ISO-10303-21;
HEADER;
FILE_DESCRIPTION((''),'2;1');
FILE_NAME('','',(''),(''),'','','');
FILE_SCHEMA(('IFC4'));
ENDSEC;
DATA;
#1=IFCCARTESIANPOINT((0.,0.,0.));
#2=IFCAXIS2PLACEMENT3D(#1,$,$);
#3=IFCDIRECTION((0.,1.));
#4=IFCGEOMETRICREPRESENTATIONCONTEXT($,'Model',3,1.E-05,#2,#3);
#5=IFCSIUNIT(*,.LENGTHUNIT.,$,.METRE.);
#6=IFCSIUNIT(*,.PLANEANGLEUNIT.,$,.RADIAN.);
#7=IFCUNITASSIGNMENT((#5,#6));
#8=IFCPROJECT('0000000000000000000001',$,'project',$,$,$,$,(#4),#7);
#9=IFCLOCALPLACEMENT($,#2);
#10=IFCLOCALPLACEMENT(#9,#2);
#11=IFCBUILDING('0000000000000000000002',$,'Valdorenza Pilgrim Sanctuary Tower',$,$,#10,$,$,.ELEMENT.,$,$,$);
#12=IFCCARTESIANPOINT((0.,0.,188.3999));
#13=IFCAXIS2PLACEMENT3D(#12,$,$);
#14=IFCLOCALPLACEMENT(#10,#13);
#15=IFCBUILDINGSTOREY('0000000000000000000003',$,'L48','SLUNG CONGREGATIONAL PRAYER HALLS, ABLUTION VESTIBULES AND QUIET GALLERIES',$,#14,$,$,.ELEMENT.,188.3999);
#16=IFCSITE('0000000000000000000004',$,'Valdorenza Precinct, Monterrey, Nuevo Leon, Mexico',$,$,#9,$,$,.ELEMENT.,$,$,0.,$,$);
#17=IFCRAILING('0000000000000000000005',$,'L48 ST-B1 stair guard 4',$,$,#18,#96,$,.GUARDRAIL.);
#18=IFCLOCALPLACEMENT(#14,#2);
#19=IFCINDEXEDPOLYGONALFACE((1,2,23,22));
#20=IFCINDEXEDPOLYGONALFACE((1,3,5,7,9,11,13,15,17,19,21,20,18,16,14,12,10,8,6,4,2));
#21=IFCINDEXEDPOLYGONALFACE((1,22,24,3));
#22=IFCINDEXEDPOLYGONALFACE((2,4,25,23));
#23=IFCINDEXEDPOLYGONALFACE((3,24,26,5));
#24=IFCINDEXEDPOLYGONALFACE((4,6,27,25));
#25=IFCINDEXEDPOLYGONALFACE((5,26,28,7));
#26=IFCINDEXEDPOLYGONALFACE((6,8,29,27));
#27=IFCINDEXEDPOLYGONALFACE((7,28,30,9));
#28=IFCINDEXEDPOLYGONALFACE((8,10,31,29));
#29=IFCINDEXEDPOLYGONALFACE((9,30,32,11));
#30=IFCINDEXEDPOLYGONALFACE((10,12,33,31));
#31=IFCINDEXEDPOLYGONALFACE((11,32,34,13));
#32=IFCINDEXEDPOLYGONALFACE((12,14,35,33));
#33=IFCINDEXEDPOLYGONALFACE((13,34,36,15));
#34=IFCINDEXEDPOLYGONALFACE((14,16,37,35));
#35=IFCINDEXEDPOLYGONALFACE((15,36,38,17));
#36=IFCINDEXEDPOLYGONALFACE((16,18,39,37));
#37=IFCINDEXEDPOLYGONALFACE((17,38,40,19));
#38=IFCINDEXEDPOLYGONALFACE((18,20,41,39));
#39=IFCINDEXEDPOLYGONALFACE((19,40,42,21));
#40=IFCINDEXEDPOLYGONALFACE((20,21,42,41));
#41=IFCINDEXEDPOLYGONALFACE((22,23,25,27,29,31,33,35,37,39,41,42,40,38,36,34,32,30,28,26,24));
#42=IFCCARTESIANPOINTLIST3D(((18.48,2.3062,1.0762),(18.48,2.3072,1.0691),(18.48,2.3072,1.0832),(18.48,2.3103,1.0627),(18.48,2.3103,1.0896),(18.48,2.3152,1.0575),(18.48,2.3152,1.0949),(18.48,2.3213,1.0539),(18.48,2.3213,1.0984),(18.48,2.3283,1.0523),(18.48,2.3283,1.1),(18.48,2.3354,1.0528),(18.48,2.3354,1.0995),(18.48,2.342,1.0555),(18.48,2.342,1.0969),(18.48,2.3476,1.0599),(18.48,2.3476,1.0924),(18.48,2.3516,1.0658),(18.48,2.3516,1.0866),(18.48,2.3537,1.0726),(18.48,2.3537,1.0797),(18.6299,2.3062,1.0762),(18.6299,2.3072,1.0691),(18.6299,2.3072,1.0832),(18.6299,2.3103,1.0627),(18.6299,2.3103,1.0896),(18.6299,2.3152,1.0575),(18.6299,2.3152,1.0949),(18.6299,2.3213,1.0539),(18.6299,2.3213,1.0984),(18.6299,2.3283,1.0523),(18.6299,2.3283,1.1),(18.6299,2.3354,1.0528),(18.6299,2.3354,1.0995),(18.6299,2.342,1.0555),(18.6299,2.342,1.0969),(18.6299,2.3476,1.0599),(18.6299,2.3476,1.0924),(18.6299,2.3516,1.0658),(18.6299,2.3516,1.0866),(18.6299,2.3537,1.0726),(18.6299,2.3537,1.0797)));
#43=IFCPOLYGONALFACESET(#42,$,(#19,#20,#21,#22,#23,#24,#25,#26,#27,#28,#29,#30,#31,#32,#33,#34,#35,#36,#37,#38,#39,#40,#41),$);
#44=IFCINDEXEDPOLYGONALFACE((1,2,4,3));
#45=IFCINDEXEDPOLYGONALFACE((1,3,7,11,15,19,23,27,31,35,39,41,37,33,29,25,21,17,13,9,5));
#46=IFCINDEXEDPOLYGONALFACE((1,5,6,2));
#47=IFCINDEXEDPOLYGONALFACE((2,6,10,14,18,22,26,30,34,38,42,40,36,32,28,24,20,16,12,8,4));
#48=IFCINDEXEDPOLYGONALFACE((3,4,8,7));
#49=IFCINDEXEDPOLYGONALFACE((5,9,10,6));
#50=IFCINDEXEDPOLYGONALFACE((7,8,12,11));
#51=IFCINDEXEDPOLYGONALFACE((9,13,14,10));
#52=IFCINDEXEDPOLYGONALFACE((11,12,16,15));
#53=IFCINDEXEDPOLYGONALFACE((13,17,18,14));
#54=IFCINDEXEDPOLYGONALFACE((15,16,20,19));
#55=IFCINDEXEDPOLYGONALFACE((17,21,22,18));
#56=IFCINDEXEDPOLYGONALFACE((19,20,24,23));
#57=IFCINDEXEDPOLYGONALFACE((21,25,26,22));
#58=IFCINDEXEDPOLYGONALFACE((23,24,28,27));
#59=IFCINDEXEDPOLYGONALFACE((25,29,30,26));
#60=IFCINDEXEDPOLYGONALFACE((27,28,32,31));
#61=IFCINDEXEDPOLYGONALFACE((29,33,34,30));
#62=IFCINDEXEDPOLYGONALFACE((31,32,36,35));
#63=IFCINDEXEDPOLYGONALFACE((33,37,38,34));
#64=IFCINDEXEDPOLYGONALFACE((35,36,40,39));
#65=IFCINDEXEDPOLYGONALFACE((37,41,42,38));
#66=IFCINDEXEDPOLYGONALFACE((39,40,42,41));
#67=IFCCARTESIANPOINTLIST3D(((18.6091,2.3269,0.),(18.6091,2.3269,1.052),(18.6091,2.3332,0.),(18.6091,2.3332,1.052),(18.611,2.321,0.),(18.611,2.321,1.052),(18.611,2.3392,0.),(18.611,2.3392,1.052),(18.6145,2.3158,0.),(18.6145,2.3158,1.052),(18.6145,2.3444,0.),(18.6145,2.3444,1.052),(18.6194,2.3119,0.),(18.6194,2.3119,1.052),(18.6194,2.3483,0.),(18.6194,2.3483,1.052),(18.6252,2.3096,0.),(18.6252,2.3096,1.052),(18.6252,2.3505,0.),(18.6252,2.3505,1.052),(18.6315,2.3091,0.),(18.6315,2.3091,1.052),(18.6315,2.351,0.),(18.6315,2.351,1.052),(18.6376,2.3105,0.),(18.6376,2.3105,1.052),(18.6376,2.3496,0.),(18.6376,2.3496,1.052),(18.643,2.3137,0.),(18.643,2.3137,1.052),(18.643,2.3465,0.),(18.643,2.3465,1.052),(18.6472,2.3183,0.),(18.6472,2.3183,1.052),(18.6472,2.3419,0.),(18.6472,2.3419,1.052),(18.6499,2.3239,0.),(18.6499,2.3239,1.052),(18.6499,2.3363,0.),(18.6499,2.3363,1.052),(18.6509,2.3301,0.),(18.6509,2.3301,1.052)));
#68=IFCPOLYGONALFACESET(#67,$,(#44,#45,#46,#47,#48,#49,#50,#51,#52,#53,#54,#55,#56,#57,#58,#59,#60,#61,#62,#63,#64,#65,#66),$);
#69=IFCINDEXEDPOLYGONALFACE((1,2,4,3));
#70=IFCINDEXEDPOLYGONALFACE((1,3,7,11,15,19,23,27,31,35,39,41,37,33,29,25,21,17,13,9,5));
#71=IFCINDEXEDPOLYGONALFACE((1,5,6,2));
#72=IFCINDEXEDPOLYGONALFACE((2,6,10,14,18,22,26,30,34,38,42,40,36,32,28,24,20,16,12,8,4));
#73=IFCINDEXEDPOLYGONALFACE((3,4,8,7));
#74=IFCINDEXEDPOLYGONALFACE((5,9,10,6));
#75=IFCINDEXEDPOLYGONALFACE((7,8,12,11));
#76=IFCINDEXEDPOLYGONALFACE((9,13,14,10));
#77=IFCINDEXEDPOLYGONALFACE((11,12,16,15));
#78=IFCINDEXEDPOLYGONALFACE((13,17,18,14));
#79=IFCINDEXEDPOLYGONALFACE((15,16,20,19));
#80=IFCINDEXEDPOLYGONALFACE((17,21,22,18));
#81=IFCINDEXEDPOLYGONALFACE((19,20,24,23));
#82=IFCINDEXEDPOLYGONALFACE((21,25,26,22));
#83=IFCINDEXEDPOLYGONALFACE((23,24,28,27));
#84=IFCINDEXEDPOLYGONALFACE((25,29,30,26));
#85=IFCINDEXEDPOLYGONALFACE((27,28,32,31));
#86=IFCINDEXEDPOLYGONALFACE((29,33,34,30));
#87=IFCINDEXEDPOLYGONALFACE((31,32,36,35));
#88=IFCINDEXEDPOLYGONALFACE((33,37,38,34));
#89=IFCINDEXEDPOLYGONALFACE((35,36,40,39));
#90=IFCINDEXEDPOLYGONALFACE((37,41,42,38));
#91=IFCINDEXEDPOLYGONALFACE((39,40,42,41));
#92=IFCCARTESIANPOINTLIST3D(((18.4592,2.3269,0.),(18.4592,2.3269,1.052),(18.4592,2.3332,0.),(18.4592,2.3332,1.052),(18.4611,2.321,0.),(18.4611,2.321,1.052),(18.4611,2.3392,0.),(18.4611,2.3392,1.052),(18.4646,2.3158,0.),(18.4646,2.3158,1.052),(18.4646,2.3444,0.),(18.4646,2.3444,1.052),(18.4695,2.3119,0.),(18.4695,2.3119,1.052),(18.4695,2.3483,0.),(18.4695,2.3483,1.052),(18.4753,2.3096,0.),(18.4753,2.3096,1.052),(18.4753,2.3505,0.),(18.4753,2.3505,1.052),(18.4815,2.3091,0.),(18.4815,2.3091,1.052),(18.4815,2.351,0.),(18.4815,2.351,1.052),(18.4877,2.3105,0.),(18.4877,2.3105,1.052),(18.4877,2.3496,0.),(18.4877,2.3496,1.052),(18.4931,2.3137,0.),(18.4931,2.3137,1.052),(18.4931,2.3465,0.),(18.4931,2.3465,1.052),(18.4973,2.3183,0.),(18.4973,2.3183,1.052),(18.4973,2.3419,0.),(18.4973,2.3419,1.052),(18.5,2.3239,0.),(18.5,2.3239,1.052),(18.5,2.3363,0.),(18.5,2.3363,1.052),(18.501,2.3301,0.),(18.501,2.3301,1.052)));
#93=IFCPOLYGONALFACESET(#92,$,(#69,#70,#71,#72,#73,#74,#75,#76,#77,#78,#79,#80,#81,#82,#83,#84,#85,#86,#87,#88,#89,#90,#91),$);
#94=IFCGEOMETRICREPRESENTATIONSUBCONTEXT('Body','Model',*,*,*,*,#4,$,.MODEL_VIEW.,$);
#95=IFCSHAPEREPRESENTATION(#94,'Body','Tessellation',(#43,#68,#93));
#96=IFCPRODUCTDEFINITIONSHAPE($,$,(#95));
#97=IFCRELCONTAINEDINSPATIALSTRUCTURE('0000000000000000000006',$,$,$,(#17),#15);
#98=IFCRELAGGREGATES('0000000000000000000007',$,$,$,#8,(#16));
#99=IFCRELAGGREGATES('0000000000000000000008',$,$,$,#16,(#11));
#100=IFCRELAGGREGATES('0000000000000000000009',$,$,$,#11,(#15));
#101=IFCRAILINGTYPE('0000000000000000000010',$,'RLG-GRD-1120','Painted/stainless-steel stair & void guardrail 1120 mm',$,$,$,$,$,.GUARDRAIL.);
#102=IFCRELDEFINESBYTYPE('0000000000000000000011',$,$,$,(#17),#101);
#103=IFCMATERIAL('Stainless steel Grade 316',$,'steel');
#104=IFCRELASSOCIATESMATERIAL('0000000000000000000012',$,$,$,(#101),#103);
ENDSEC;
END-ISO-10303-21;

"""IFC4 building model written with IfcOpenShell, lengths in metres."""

from ifc_helpers import new_model, si_unit, direction, frame, origin, origin_2d, place, context, subcontext, project, spatial, circle, extrude, material, type_object, element, save


model = new_model("IFC4")

# Units and contexts
model_context = context("Model", 3, precision=1e-05, world=origin(), true_north=direction((0.0, 1.0)))
body_context = subcontext(model_context, "Body", "Model", "MODEL_VIEW")
ifc_project = project(units=[si_unit("LENGTHUNIT", "METRE"), si_unit("PLANEANGLEUNIT", "RADIAN")], contexts=[model_context])

# Site, building, storey
site_placement = place(None, origin())
site = spatial("IfcSite", under=ifc_project, at=site_placement, Name="Valdorenza Precinct, Monterrey, Nuevo Leon, Mexico", CompositionType="ELEMENT", RefElevation=0.0)
building_placement = place(site_placement, origin())
building = spatial("IfcBuilding", under=site, at=building_placement, Name="Valdorenza Pilgrim Sanctuary Tower", CompositionType="ELEMENT")
storey_placement = place(building_placement, frame((0.0, 0.0, 188.3999)))
storey = spatial("IfcBuildingStorey", under=building, at=storey_placement, Name="L48", Description="SLUNG CONGREGATIONAL PRAYER HALLS, ABLUTION VESTIBULES AND QUIET GALLERIES", CompositionType="ELEMENT", Elevation=188.3999)

# Railing
ifc_material_1 = material(Name="Stainless steel Grade 316", Category="steel")
railing_type_1 = type_object("IfcRailingType", Name="RLG-GRD-1120", Description="Painted/stainless-steel stair & void guardrail 1120 mm", PredefinedType="GUARDRAIL", material=ifc_material_1)
railing_1_placement = place(storey_placement, frame((18.6299, 2.3301, 0.0)))
element("IfcRailing", 1, at=railing_1_placement, inside=storey, type_object=railing_type_1, Name="L48 ST-B1 stair guard 4", PredefinedType="GUARDRAIL", context=body_context, shape_type="SweptSolid", body=[
    extrude(circle(Radius=0.0239, at=origin_2d()), frame((0.0, 0.0, 1.0762), z_axis=(-1.0, 0.0, 0.0), x_axis=(0.0, -1.0, 0.0)), (0.0, 0.0, 1.0), 0.1499),
    extrude(circle(Radius=0.021, at=origin_2d()), origin(), (0.0, 0.0, 1.0), 1.052),
    extrude(circle(Radius=0.021, at=origin_2d()), frame((-0.1499, 0.0, 0.0)), (0.0, 0.0, 1.0), 1.052),
])

save(model, "model.ifc")
